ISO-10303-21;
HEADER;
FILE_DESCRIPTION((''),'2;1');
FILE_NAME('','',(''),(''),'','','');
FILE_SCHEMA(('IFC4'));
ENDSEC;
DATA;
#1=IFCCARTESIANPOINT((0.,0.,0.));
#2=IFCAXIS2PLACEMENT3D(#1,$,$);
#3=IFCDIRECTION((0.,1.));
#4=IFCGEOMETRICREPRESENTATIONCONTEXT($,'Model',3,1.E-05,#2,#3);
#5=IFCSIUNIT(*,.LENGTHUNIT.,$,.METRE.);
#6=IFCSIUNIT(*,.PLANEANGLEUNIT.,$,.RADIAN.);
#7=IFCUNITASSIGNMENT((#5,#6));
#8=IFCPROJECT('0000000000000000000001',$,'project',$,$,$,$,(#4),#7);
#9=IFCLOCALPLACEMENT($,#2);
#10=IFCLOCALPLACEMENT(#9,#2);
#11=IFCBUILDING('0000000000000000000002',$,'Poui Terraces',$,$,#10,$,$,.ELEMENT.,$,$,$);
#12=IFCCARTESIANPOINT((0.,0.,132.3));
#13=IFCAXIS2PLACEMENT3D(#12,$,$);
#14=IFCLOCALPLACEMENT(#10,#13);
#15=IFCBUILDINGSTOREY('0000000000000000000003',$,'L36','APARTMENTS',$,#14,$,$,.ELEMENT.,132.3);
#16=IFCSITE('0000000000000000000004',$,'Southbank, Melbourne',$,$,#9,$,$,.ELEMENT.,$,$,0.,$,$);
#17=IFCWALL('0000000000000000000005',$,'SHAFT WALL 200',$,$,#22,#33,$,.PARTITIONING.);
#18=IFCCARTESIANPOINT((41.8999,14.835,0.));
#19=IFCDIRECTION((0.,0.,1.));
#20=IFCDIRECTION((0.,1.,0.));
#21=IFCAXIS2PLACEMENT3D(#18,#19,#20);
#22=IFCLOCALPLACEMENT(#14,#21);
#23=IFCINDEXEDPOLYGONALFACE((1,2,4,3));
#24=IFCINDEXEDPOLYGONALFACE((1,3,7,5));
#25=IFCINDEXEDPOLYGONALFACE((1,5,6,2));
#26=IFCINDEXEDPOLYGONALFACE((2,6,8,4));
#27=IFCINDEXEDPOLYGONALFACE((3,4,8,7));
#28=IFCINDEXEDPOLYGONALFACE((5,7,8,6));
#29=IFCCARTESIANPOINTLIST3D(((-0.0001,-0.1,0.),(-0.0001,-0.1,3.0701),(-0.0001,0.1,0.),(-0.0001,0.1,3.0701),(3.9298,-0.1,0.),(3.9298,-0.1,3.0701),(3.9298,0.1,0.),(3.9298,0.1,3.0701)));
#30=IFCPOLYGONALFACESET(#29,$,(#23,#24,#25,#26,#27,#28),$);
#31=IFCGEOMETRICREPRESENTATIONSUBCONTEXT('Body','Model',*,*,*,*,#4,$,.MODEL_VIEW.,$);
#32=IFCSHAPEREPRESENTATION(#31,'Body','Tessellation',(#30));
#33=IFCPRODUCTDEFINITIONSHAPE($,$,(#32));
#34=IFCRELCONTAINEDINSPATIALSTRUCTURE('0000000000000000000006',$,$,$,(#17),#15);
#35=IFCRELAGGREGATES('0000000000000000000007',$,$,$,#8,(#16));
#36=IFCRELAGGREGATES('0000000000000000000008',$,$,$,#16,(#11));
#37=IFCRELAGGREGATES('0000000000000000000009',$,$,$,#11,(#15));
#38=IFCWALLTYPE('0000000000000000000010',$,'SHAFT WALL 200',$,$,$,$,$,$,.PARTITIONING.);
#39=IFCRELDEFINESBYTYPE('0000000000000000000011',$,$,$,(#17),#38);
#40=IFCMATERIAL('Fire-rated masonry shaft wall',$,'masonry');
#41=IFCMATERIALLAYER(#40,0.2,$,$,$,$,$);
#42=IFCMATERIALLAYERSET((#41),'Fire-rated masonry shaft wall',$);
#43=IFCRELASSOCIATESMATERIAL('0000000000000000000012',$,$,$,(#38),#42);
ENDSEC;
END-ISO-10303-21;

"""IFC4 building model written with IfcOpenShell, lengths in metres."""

from ifc_helpers import new_model, si_unit, direction, frame, frame_2d, origin, place, context, subcontext, project, spatial, rectangle, extrude, material, layer, layer_set, type_object, element, save


model = new_model("IFC4")

# Units and contexts
model_context = context("Model", 3, precision=1e-05, world=origin(), true_north=direction((0.0, 1.0)))
body_context = subcontext(model_context, "Body", "Model", "MODEL_VIEW")
ifc_project = project(units=[si_unit("LENGTHUNIT", "METRE"), si_unit("PLANEANGLEUNIT", "RADIAN")], contexts=[model_context])

# Site, building, storey
site_placement = place(None, origin())
site = spatial("IfcSite", under=ifc_project, at=site_placement, Name="Southbank, Melbourne", CompositionType="ELEMENT", RefElevation=0.0)
building_placement = place(site_placement, origin())
building = spatial("IfcBuilding", under=site, at=building_placement, Name="Poui Terraces", CompositionType="ELEMENT")
storey_placement = place(building_placement, frame((0.0, 0.0, 132.3)))
storey = spatial("IfcBuildingStorey", under=building, at=storey_placement, Name="L36", Description="APARTMENTS", CompositionType="ELEMENT", Elevation=132.3)

# Shared definitions
ifc_material_1 = material(Name="Fire-rated masonry shaft wall", Category="masonry")
ifc_layer_1 = layer(ifc_material_1, 0.2)
ifc_layer_set_1 = layer_set([ifc_layer_1], Name="Fire-rated masonry shaft wall")
wall_type_1 = type_object("IfcWallType", Name="SHAFT WALL 200", PredefinedType="PARTITIONING", material=ifc_layer_set_1)

# Wall
wall_1_placement = place(storey_placement, frame((41.8999, 14.835, 0.0), z_axis=(0.0, 0.0, 1.0), x_axis=(0.0, 1.0, 0.0)))
element("IfcWall", 1, at=wall_1_placement, inside=storey, type_object=wall_type_1, Name="SHAFT WALL 200", PredefinedType="PARTITIONING", context=body_context, shape_type="SweptSolid", body=[
    extrude(rectangle(XDim=3.9299, YDim=0.2, at=frame_2d((1.9648, 0.0))), origin(), (0.0, 0.0, 1.0), 3.0701),
])

save(model, "model.ifc")
